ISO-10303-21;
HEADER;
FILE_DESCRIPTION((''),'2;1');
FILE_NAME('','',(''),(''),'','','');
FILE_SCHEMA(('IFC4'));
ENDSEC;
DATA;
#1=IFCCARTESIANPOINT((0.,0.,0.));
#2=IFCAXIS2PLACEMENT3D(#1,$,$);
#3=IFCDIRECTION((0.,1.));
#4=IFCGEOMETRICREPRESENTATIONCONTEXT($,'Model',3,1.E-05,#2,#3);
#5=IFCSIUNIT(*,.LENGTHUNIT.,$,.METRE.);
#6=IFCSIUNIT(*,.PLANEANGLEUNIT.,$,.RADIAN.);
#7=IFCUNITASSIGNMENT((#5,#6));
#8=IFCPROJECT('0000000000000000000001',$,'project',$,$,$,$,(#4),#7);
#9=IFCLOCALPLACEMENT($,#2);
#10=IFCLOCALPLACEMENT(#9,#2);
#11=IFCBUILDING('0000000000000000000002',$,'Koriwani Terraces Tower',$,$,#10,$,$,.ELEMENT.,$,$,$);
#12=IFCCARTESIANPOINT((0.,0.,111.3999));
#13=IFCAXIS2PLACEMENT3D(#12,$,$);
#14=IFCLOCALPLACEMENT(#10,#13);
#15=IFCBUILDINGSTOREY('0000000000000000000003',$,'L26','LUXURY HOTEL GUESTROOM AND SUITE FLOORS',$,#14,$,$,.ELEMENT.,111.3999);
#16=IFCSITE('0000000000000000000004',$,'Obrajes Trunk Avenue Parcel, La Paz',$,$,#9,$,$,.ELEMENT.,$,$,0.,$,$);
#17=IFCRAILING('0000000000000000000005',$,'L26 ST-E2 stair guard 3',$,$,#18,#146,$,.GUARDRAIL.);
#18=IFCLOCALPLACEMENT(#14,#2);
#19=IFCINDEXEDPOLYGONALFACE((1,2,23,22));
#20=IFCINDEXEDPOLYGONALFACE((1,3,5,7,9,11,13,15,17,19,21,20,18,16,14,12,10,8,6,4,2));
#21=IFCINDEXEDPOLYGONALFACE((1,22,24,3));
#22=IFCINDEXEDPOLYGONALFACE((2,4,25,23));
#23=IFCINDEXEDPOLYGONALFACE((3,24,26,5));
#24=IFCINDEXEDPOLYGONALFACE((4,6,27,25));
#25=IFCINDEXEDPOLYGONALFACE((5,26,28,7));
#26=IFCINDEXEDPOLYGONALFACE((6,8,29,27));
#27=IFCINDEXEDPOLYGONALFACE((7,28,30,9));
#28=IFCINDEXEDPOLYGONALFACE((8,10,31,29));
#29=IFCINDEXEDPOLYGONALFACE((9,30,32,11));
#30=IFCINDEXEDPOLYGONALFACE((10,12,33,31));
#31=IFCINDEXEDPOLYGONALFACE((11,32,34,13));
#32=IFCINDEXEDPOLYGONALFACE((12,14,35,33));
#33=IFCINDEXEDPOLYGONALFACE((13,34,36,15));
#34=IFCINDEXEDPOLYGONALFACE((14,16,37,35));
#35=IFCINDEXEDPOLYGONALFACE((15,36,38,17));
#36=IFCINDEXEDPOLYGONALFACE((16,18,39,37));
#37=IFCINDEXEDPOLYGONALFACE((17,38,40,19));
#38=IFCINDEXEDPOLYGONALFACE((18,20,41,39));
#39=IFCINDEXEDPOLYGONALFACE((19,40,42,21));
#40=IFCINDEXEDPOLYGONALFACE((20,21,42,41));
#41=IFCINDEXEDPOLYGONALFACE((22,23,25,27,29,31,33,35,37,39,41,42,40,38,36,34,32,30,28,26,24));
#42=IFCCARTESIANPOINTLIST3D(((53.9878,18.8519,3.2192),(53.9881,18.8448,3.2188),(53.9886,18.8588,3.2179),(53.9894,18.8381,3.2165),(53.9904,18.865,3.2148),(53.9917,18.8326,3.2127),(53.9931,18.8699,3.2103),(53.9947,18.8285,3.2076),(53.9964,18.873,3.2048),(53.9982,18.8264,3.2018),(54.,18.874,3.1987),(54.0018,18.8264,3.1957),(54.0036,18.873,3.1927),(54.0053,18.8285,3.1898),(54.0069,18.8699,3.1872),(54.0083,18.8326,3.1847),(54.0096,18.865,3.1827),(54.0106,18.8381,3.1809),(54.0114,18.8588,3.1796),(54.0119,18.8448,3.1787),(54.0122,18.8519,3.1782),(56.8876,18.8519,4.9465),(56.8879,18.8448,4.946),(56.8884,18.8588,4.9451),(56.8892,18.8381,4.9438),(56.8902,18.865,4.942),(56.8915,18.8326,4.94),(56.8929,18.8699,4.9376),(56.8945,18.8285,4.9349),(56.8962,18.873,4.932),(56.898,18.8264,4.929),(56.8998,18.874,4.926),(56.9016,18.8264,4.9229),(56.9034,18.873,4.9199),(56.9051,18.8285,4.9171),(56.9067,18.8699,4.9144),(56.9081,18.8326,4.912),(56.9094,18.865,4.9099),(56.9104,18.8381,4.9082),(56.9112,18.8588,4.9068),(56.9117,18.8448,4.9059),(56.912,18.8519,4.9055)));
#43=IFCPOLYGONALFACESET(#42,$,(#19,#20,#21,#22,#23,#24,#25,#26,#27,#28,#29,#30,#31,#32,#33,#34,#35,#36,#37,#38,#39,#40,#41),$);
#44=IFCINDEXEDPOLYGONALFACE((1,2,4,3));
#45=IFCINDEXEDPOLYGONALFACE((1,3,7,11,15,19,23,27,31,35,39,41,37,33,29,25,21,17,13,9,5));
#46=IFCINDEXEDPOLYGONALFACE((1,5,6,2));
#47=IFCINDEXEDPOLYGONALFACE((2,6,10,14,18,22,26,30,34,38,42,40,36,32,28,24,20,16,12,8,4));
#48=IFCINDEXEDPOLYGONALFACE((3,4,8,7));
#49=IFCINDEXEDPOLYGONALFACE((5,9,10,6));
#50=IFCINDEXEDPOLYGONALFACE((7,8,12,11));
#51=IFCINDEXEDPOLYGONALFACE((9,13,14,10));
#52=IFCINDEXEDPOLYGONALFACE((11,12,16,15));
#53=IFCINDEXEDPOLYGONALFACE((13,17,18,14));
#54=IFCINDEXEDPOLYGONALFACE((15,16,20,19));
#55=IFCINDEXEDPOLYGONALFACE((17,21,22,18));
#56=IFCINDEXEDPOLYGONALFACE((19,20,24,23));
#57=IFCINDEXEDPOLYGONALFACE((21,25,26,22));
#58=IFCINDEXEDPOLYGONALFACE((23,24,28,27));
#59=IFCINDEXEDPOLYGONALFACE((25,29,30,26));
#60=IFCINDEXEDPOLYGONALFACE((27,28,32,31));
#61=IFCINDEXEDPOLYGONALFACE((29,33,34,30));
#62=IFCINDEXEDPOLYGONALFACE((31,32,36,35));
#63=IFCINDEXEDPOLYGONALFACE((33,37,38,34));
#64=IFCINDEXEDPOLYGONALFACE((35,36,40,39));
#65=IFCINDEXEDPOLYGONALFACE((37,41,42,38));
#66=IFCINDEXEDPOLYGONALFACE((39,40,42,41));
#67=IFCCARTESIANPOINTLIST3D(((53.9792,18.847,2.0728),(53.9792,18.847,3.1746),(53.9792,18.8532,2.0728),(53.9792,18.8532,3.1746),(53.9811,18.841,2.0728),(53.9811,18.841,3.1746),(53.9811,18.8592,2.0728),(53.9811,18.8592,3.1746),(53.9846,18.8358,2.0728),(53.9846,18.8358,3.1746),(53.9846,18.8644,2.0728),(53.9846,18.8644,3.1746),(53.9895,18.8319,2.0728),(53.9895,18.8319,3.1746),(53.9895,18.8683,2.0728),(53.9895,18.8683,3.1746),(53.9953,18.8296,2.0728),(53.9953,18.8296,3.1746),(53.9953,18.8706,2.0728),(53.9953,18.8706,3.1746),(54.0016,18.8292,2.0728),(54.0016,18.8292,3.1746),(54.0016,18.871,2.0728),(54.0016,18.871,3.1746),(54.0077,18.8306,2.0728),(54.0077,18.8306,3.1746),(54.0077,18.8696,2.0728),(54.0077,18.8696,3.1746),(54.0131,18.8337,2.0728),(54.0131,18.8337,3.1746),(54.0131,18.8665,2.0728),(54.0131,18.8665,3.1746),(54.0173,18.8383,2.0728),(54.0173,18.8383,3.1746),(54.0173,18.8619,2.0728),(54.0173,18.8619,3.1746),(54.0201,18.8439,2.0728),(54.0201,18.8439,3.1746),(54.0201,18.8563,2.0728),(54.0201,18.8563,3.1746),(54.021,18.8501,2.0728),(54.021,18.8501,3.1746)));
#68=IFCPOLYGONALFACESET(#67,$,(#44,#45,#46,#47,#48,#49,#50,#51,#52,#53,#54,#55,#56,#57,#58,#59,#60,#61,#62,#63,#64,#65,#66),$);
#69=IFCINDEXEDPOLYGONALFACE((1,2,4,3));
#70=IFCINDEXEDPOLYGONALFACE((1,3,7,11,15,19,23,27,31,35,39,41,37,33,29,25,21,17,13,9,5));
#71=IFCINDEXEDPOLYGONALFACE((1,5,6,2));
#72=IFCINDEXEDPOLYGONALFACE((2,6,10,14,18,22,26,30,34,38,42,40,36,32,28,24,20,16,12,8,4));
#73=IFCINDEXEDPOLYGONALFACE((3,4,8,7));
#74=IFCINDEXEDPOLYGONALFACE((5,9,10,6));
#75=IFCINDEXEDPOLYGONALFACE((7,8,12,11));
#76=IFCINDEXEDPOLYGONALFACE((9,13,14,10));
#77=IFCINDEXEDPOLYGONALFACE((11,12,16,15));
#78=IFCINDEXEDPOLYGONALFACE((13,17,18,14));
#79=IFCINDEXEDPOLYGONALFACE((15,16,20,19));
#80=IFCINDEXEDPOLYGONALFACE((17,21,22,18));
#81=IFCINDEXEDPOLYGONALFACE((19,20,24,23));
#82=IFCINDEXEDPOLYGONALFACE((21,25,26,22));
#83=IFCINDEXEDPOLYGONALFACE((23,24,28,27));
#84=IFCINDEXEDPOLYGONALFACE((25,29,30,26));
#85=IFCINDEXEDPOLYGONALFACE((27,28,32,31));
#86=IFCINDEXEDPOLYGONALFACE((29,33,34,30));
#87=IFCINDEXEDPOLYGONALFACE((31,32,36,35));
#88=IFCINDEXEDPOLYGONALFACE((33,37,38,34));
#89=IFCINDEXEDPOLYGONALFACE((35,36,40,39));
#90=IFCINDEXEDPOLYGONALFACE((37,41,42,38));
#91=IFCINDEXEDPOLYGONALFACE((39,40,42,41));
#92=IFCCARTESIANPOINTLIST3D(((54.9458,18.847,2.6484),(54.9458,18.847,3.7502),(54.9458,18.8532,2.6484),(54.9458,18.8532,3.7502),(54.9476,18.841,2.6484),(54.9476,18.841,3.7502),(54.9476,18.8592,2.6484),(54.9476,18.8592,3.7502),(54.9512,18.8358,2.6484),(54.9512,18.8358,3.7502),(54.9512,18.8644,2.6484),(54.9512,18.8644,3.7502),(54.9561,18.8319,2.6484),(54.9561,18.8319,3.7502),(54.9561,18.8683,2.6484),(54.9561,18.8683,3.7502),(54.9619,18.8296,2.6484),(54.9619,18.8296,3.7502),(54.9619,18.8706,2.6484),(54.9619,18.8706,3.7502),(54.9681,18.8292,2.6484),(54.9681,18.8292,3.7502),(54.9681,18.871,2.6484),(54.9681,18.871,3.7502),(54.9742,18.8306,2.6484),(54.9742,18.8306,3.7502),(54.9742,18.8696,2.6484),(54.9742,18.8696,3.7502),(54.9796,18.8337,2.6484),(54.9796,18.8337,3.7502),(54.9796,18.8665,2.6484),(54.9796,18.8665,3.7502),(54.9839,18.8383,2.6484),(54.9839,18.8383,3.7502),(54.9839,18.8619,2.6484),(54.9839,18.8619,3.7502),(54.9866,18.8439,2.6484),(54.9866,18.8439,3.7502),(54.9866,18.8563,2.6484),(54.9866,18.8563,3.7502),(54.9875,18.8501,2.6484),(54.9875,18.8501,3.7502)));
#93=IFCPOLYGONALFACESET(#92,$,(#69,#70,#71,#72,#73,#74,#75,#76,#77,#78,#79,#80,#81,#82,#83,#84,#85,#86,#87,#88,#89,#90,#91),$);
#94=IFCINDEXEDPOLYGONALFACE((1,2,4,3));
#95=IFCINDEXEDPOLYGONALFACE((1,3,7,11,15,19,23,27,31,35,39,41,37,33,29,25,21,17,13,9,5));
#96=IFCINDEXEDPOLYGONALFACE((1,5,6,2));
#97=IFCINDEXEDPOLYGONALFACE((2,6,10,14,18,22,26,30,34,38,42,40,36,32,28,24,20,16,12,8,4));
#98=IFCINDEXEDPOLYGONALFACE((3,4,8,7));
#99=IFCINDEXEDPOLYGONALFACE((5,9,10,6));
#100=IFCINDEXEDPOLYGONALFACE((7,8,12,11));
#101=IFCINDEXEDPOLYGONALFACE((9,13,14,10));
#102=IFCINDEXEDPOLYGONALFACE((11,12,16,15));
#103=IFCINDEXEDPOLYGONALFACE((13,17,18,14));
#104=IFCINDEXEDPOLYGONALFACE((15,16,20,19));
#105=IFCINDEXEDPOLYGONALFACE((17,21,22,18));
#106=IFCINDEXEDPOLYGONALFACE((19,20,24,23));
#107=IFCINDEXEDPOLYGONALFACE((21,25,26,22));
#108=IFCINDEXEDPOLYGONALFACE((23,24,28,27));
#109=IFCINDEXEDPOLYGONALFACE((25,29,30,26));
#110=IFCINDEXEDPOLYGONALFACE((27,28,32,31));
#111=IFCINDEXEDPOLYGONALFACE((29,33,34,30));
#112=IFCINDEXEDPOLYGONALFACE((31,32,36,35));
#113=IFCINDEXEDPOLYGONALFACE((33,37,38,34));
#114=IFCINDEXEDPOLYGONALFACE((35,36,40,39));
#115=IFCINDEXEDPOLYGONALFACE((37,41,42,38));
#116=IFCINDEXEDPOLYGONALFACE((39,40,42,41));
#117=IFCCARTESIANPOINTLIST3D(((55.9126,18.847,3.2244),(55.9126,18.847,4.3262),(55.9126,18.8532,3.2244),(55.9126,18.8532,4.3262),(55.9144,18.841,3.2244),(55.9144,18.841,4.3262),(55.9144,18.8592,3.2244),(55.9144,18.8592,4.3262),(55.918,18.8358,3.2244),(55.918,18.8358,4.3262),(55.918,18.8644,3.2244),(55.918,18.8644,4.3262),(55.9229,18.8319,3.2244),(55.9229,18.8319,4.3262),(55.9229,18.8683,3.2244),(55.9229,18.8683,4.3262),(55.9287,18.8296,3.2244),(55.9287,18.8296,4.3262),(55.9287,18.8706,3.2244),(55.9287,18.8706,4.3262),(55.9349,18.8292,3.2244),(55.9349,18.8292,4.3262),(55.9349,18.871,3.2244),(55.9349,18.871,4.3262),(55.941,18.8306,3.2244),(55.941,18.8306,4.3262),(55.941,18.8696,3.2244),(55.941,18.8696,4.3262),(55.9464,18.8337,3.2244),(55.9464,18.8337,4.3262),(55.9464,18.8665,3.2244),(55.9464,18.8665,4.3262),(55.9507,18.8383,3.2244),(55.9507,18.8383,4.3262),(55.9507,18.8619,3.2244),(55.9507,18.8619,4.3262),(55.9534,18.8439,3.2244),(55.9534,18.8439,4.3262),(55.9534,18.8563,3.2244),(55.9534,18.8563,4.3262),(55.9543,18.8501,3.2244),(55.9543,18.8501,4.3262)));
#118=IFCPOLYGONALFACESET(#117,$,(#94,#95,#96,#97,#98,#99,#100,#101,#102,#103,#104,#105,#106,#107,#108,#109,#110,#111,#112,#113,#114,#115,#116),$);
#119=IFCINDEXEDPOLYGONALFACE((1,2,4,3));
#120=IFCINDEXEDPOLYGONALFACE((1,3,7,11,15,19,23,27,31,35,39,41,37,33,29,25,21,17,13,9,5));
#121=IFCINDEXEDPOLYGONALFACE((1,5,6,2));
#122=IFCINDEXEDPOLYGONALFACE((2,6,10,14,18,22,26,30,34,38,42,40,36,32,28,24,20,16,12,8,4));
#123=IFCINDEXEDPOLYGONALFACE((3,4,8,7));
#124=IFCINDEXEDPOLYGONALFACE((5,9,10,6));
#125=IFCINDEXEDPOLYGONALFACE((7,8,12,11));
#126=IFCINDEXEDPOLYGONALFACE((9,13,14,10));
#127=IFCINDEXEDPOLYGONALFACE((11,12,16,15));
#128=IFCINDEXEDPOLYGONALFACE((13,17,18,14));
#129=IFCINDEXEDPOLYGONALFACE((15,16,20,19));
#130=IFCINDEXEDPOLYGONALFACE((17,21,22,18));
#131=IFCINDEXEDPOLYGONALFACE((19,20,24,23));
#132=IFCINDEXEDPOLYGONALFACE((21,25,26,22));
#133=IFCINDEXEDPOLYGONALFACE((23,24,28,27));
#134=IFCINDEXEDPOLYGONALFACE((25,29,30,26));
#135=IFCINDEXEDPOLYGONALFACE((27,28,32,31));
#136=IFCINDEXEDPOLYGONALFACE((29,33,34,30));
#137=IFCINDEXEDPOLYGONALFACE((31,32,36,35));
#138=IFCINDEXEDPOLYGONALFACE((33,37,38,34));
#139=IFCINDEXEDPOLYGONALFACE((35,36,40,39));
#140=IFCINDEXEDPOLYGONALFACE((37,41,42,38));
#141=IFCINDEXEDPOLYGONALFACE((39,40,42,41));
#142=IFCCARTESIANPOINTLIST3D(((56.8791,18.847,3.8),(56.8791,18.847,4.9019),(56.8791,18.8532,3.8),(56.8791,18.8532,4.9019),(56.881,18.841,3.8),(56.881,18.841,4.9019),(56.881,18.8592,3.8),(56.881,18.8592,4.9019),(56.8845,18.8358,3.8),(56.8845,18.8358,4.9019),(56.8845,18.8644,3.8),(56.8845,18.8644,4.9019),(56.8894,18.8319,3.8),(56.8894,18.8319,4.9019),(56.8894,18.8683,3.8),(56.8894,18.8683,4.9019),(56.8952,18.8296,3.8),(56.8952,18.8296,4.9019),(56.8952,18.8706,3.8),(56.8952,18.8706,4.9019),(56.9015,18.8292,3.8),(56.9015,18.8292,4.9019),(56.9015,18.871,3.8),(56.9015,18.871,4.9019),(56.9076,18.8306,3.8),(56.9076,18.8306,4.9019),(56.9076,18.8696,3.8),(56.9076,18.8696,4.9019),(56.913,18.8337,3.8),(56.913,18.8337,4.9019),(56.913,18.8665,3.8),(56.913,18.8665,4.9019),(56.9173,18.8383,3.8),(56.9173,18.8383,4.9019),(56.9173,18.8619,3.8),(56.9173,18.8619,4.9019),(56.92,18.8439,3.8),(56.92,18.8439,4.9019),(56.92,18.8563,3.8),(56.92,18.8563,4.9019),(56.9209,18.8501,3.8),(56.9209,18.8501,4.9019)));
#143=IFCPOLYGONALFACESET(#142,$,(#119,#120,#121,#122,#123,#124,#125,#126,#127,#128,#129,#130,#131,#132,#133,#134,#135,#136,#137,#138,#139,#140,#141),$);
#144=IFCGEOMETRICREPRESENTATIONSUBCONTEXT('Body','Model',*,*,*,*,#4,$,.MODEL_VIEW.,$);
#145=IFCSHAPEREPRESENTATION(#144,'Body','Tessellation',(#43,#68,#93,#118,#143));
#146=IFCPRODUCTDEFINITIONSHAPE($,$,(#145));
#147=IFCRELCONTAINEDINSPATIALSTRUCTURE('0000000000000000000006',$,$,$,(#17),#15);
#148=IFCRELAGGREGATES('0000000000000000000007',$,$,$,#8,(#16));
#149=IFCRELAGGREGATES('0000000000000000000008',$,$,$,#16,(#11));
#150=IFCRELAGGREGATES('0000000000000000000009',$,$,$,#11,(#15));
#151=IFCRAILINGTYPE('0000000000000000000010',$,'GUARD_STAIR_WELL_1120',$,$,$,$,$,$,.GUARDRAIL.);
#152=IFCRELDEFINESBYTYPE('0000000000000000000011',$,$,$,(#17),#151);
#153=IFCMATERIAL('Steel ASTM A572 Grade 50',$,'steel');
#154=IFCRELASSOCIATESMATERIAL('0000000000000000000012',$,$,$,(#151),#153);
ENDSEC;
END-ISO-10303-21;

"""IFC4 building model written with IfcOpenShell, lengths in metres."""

from ifc_helpers import new_model, si_unit, direction, frame, origin, origin_2d, place, context, subcontext, project, spatial, circle, extrude, material, type_object, element, save


model = new_model("IFC4")

# Units and contexts
model_context = context("Model", 3, precision=1e-05, world=origin(), true_north=direction((0.0, 1.0)))
body_context = subcontext(model_context, "Body", "Model", "MODEL_VIEW")
ifc_project = project(units=[si_unit("LENGTHUNIT", "METRE"), si_unit("PLANEANGLEUNIT", "RADIAN")], contexts=[model_context])

# Site, building, storey
site_placement = place(None, origin())
site = spatial("IfcSite", under=ifc_project, at=site_placement, Name="Obrajes Trunk Avenue Parcel, La Paz", CompositionType="ELEMENT", RefElevation=0.0)
building_placement = place(site_placement, origin())
building = spatial("IfcBuilding", under=site, at=building_placement, Name="Koriwani Terraces Tower", CompositionType="ELEMENT")
storey_placement = place(building_placement, frame((0.0, 0.0, 111.3999)))
storey = spatial("IfcBuildingStorey", under=building, at=storey_placement, Name="L26", Description="LUXURY HOTEL GUESTROOM AND SUITE FLOORS", CompositionType="ELEMENT", Elevation=111.3999)

# Shared definitions
ifc_material_1 = material(Name="Steel ASTM A572 Grade 50", Category="steel")

# Railing
railing_type_1 = type_object("IfcRailingType", Name="GUARD_STAIR_WELL_1120", PredefinedType="GUARDRAIL", material=ifc_material_1)
railing_1_placement = place(storey_placement, frame((54.0, 18.8501, 2.0728)))
element("IfcRailing", 1, at=railing_1_placement, inside=storey, type_object=railing_type_1, Name="L26 ST-E2 stair guard 3", PredefinedType="GUARDRAIL", context=body_context, shape_type="SweptSolid", body=[
    extrude(circle(Radius=0.0239, at=origin_2d()), frame((0.0, 0.0, 1.126), z_axis=(0.859141, 0.0, 0.511738), x_axis=(0.0, 1.0, 0.0)), (0.0, 0.0, 1.0), 3.3752),
    extrude(circle(Radius=0.021, at=origin_2d()), origin(), (0.0, 0.0, 1.0), 1.1018),
    extrude(circle(Radius=0.021, at=origin_2d()), frame((0.9666, 0.0, 0.5757)), (0.0, 0.0, 1.0), 1.1018),
    extrude(circle(Radius=0.021, at=origin_2d()), frame((1.9333, 0.0, 1.1516)), (0.0, 0.0, 1.0), 1.1018),
    extrude(circle(Radius=0.021, at=origin_2d()), frame((2.8999, 0.0, 1.7273)), (0.0, 0.0, 1.0), 1.1018),
])

save(model, "model.ifc")
